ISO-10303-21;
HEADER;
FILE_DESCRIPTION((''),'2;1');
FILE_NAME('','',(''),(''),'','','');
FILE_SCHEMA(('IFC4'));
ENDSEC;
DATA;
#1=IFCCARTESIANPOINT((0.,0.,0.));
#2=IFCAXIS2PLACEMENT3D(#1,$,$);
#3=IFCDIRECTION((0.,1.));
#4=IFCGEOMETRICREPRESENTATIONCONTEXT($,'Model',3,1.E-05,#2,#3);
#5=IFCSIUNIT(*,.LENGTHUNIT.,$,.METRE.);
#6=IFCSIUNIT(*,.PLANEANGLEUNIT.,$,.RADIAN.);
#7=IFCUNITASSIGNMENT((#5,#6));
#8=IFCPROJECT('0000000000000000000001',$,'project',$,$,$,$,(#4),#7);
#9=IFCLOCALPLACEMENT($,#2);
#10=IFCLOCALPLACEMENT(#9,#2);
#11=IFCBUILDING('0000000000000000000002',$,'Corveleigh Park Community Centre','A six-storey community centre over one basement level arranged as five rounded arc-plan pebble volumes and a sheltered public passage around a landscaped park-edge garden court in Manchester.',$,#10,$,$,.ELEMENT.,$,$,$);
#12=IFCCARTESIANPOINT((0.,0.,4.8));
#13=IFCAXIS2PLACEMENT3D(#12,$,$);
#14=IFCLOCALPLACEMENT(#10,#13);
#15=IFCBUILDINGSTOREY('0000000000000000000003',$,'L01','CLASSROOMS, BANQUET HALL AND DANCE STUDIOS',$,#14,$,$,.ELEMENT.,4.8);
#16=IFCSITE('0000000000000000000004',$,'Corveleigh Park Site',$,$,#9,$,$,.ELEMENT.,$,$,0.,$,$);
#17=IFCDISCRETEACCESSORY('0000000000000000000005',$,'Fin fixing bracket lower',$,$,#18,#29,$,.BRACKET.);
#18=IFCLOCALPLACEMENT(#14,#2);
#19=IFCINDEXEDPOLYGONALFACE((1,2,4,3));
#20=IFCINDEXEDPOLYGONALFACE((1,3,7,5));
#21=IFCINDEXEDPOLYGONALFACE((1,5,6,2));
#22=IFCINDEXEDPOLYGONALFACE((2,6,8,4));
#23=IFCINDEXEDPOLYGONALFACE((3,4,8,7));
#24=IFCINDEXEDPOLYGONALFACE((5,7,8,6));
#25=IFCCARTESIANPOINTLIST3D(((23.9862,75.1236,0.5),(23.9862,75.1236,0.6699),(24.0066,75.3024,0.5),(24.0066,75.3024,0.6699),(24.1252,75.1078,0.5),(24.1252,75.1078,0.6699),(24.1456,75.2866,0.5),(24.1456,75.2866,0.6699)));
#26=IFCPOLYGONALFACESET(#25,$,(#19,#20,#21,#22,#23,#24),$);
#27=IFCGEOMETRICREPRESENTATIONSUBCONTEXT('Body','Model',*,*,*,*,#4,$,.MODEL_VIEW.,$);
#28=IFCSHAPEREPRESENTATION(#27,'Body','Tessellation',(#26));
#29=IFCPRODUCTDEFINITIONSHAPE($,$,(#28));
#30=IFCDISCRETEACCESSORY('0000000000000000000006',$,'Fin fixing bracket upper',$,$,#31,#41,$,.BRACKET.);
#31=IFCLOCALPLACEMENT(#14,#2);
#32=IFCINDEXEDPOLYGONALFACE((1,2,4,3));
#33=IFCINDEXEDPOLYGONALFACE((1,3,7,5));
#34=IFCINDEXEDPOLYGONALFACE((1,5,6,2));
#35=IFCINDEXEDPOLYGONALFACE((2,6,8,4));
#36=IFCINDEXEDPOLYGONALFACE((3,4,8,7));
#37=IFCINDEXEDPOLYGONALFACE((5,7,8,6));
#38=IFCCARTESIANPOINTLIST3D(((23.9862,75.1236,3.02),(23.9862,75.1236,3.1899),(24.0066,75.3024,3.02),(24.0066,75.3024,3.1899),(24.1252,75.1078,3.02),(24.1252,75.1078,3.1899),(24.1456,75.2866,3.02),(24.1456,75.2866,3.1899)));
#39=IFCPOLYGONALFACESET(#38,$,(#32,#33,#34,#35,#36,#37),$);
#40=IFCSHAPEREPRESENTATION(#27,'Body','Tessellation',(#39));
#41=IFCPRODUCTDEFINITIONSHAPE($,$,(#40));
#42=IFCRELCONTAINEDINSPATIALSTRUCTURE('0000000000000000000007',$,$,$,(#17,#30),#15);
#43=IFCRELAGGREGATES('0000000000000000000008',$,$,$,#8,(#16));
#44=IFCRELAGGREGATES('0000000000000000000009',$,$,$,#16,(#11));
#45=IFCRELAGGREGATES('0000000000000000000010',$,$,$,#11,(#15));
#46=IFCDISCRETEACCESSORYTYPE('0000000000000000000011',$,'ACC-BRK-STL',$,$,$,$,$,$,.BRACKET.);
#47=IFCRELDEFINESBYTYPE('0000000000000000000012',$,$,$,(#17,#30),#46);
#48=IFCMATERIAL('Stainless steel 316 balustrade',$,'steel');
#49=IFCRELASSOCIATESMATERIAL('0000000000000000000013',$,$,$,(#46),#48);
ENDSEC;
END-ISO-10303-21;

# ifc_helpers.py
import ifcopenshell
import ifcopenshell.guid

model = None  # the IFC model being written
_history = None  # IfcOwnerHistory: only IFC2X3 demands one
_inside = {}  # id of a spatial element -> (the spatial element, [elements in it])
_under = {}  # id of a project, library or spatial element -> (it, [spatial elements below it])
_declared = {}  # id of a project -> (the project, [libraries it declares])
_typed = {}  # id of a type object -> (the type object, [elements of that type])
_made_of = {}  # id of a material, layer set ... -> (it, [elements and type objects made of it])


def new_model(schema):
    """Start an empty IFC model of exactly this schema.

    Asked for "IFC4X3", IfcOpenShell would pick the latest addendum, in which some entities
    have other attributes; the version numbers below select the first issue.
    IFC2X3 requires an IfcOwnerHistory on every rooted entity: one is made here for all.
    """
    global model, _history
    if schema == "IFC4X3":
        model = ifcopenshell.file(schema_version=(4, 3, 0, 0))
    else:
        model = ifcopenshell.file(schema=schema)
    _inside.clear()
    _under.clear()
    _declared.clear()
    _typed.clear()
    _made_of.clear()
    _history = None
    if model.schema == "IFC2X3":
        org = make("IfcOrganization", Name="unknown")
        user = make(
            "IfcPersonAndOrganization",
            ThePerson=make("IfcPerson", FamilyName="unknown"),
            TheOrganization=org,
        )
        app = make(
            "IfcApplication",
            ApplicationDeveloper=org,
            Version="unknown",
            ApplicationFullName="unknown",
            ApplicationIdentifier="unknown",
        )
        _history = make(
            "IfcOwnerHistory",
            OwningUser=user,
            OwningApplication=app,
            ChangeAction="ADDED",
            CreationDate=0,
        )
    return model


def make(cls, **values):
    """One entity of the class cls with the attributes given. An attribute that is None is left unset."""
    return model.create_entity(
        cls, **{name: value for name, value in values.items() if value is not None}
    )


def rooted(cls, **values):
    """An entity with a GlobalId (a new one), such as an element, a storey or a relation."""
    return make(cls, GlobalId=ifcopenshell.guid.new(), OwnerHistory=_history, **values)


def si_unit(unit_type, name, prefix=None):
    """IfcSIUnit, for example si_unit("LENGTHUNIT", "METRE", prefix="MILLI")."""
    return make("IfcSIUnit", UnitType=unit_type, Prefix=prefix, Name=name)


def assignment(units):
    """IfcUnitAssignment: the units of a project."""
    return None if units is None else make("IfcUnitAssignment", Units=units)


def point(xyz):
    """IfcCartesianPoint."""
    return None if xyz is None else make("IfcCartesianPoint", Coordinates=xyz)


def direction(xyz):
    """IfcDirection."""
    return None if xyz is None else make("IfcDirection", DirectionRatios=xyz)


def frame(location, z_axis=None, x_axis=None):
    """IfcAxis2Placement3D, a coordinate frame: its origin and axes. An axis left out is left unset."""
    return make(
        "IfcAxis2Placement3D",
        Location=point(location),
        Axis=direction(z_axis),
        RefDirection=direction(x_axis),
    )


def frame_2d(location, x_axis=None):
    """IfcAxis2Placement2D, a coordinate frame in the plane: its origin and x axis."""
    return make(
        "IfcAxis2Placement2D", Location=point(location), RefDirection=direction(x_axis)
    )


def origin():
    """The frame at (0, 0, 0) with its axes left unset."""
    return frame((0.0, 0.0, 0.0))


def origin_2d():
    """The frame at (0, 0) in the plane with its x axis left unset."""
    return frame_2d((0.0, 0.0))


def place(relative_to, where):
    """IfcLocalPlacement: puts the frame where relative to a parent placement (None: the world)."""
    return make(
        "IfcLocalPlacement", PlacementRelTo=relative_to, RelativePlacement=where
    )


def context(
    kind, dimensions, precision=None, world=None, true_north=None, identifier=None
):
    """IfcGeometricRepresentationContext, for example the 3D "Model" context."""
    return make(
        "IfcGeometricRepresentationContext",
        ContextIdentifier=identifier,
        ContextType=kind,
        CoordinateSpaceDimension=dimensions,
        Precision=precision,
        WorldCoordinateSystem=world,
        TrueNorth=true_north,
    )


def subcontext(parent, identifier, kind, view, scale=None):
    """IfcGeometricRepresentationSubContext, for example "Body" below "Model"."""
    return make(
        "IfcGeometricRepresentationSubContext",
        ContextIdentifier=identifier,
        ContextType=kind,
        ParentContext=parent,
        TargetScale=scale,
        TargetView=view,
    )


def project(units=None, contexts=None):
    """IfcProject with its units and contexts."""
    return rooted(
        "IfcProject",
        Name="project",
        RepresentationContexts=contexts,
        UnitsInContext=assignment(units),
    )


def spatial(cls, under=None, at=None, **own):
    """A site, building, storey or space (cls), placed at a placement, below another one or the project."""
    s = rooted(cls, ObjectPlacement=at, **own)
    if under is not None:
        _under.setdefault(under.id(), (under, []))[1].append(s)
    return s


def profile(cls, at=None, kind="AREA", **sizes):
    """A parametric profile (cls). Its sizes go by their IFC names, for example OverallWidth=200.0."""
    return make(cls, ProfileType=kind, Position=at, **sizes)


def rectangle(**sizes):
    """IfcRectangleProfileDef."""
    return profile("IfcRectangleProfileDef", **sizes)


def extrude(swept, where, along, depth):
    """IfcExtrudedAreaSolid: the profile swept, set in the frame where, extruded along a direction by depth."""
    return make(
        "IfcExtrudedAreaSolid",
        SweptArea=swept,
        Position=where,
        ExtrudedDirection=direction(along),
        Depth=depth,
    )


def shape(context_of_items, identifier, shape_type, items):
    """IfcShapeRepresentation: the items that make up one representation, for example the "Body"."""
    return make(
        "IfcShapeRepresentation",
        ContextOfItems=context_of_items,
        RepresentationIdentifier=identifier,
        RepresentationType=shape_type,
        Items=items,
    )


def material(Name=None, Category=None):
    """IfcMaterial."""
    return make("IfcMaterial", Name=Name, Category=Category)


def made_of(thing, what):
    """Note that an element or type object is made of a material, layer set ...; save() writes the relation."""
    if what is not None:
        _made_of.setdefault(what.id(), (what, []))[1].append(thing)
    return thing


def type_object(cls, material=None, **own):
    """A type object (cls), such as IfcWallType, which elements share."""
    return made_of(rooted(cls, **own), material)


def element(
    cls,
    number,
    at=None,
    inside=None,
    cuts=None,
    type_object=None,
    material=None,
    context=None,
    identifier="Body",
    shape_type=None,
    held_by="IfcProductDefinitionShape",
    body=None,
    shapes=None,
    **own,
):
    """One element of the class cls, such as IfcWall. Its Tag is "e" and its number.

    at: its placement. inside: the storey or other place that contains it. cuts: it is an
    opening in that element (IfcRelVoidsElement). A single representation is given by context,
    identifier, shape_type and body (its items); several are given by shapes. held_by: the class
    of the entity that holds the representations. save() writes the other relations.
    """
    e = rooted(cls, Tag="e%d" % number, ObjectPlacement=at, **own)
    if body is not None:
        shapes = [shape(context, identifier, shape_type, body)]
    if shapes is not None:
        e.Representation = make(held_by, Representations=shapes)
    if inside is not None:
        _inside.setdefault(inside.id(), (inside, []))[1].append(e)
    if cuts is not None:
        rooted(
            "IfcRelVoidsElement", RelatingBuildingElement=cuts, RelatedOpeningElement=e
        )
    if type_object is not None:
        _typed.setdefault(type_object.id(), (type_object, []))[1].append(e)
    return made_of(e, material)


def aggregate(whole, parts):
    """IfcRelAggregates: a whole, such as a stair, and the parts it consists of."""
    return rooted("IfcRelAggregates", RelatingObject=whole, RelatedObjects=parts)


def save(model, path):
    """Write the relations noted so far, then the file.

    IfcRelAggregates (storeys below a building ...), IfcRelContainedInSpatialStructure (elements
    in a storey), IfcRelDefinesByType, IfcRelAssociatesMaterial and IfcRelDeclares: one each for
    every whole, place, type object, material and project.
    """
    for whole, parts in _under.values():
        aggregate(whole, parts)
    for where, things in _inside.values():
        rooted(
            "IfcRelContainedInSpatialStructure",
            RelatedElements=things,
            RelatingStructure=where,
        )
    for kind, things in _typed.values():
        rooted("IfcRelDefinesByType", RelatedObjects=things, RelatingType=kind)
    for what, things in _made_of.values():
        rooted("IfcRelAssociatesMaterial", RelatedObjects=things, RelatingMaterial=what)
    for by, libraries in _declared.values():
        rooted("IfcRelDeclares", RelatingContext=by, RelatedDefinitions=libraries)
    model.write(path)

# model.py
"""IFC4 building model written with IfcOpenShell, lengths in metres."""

from ifc_helpers import new_model, si_unit, direction, frame, origin, origin_2d, place, context, subcontext, project, spatial, rectangle, extrude, material, type_object, element, save


model = new_model("IFC4")

# Units and contexts
model_context = context("Model", 3, precision=1e-05, world=origin(), true_north=direction((0.0, 1.0)))
body_context = subcontext(model_context, "Body", "Model", "MODEL_VIEW")
ifc_project = project(units=[si_unit("LENGTHUNIT", "METRE"), si_unit("PLANEANGLEUNIT", "RADIAN")], contexts=[model_context])

# Site, building, storey
site_placement = place(None, origin())
site = spatial("IfcSite", under=ifc_project, at=site_placement, Name="Corveleigh Park Site", CompositionType="ELEMENT", RefElevation=0.0)
building_placement = place(site_placement, origin())
building = spatial("IfcBuilding", under=site, at=building_placement, Name="Corveleigh Park Community Centre", Description="A six-storey community centre over one basement level arranged as five rounded arc-plan pebble volumes and a sheltered public passage around a landscaped park-edge garden court in Manchester.", CompositionType="ELEMENT")
storey_placement = place(building_placement, frame((0.0, 0.0, 4.8)))
storey = spatial("IfcBuildingStorey", under=building, at=storey_placement, Name="L01", Description="CLASSROOMS, BANQUET HALL AND DANCE STUDIOS", CompositionType="ELEMENT", Elevation=4.8)

# Discrete accessories
ifc_material_1 = material(Name="Stainless steel 316 balustrade", Category="steel")
discrete_accessory_type = type_object("IfcDiscreteAccessoryType", Name="ACC-BRK-STL", PredefinedType="BRACKET", material=ifc_material_1)
for number, where, z_axis, x_axis, name in (
    (1, (24.0659, 75.2051, 0.5), (0.0, 0.0, 1.0), (-0.113133, -0.99358, 0.0), "Fin fixing bracket lower"),
    (2, (24.0659, 75.2051, 3.02), (0.0, 0.0, 1.0), (-0.113133, -0.99358, 0.0), "Fin fixing bracket upper"),
):
    element("IfcDiscreteAccessory", number, at=place(storey_placement, frame(where, z_axis=z_axis, x_axis=x_axis)), inside=storey, type_object=discrete_accessory_type, Name=name, PredefinedType="BRACKET", context=body_context, shape_type="SweptSolid", body=[
        extrude(rectangle(XDim=0.1799, YDim=0.1399, at=origin_2d()), origin(), (0.0, 0.0, 1.0), 0.1699),
    ])

save(model, "model.ifc")
